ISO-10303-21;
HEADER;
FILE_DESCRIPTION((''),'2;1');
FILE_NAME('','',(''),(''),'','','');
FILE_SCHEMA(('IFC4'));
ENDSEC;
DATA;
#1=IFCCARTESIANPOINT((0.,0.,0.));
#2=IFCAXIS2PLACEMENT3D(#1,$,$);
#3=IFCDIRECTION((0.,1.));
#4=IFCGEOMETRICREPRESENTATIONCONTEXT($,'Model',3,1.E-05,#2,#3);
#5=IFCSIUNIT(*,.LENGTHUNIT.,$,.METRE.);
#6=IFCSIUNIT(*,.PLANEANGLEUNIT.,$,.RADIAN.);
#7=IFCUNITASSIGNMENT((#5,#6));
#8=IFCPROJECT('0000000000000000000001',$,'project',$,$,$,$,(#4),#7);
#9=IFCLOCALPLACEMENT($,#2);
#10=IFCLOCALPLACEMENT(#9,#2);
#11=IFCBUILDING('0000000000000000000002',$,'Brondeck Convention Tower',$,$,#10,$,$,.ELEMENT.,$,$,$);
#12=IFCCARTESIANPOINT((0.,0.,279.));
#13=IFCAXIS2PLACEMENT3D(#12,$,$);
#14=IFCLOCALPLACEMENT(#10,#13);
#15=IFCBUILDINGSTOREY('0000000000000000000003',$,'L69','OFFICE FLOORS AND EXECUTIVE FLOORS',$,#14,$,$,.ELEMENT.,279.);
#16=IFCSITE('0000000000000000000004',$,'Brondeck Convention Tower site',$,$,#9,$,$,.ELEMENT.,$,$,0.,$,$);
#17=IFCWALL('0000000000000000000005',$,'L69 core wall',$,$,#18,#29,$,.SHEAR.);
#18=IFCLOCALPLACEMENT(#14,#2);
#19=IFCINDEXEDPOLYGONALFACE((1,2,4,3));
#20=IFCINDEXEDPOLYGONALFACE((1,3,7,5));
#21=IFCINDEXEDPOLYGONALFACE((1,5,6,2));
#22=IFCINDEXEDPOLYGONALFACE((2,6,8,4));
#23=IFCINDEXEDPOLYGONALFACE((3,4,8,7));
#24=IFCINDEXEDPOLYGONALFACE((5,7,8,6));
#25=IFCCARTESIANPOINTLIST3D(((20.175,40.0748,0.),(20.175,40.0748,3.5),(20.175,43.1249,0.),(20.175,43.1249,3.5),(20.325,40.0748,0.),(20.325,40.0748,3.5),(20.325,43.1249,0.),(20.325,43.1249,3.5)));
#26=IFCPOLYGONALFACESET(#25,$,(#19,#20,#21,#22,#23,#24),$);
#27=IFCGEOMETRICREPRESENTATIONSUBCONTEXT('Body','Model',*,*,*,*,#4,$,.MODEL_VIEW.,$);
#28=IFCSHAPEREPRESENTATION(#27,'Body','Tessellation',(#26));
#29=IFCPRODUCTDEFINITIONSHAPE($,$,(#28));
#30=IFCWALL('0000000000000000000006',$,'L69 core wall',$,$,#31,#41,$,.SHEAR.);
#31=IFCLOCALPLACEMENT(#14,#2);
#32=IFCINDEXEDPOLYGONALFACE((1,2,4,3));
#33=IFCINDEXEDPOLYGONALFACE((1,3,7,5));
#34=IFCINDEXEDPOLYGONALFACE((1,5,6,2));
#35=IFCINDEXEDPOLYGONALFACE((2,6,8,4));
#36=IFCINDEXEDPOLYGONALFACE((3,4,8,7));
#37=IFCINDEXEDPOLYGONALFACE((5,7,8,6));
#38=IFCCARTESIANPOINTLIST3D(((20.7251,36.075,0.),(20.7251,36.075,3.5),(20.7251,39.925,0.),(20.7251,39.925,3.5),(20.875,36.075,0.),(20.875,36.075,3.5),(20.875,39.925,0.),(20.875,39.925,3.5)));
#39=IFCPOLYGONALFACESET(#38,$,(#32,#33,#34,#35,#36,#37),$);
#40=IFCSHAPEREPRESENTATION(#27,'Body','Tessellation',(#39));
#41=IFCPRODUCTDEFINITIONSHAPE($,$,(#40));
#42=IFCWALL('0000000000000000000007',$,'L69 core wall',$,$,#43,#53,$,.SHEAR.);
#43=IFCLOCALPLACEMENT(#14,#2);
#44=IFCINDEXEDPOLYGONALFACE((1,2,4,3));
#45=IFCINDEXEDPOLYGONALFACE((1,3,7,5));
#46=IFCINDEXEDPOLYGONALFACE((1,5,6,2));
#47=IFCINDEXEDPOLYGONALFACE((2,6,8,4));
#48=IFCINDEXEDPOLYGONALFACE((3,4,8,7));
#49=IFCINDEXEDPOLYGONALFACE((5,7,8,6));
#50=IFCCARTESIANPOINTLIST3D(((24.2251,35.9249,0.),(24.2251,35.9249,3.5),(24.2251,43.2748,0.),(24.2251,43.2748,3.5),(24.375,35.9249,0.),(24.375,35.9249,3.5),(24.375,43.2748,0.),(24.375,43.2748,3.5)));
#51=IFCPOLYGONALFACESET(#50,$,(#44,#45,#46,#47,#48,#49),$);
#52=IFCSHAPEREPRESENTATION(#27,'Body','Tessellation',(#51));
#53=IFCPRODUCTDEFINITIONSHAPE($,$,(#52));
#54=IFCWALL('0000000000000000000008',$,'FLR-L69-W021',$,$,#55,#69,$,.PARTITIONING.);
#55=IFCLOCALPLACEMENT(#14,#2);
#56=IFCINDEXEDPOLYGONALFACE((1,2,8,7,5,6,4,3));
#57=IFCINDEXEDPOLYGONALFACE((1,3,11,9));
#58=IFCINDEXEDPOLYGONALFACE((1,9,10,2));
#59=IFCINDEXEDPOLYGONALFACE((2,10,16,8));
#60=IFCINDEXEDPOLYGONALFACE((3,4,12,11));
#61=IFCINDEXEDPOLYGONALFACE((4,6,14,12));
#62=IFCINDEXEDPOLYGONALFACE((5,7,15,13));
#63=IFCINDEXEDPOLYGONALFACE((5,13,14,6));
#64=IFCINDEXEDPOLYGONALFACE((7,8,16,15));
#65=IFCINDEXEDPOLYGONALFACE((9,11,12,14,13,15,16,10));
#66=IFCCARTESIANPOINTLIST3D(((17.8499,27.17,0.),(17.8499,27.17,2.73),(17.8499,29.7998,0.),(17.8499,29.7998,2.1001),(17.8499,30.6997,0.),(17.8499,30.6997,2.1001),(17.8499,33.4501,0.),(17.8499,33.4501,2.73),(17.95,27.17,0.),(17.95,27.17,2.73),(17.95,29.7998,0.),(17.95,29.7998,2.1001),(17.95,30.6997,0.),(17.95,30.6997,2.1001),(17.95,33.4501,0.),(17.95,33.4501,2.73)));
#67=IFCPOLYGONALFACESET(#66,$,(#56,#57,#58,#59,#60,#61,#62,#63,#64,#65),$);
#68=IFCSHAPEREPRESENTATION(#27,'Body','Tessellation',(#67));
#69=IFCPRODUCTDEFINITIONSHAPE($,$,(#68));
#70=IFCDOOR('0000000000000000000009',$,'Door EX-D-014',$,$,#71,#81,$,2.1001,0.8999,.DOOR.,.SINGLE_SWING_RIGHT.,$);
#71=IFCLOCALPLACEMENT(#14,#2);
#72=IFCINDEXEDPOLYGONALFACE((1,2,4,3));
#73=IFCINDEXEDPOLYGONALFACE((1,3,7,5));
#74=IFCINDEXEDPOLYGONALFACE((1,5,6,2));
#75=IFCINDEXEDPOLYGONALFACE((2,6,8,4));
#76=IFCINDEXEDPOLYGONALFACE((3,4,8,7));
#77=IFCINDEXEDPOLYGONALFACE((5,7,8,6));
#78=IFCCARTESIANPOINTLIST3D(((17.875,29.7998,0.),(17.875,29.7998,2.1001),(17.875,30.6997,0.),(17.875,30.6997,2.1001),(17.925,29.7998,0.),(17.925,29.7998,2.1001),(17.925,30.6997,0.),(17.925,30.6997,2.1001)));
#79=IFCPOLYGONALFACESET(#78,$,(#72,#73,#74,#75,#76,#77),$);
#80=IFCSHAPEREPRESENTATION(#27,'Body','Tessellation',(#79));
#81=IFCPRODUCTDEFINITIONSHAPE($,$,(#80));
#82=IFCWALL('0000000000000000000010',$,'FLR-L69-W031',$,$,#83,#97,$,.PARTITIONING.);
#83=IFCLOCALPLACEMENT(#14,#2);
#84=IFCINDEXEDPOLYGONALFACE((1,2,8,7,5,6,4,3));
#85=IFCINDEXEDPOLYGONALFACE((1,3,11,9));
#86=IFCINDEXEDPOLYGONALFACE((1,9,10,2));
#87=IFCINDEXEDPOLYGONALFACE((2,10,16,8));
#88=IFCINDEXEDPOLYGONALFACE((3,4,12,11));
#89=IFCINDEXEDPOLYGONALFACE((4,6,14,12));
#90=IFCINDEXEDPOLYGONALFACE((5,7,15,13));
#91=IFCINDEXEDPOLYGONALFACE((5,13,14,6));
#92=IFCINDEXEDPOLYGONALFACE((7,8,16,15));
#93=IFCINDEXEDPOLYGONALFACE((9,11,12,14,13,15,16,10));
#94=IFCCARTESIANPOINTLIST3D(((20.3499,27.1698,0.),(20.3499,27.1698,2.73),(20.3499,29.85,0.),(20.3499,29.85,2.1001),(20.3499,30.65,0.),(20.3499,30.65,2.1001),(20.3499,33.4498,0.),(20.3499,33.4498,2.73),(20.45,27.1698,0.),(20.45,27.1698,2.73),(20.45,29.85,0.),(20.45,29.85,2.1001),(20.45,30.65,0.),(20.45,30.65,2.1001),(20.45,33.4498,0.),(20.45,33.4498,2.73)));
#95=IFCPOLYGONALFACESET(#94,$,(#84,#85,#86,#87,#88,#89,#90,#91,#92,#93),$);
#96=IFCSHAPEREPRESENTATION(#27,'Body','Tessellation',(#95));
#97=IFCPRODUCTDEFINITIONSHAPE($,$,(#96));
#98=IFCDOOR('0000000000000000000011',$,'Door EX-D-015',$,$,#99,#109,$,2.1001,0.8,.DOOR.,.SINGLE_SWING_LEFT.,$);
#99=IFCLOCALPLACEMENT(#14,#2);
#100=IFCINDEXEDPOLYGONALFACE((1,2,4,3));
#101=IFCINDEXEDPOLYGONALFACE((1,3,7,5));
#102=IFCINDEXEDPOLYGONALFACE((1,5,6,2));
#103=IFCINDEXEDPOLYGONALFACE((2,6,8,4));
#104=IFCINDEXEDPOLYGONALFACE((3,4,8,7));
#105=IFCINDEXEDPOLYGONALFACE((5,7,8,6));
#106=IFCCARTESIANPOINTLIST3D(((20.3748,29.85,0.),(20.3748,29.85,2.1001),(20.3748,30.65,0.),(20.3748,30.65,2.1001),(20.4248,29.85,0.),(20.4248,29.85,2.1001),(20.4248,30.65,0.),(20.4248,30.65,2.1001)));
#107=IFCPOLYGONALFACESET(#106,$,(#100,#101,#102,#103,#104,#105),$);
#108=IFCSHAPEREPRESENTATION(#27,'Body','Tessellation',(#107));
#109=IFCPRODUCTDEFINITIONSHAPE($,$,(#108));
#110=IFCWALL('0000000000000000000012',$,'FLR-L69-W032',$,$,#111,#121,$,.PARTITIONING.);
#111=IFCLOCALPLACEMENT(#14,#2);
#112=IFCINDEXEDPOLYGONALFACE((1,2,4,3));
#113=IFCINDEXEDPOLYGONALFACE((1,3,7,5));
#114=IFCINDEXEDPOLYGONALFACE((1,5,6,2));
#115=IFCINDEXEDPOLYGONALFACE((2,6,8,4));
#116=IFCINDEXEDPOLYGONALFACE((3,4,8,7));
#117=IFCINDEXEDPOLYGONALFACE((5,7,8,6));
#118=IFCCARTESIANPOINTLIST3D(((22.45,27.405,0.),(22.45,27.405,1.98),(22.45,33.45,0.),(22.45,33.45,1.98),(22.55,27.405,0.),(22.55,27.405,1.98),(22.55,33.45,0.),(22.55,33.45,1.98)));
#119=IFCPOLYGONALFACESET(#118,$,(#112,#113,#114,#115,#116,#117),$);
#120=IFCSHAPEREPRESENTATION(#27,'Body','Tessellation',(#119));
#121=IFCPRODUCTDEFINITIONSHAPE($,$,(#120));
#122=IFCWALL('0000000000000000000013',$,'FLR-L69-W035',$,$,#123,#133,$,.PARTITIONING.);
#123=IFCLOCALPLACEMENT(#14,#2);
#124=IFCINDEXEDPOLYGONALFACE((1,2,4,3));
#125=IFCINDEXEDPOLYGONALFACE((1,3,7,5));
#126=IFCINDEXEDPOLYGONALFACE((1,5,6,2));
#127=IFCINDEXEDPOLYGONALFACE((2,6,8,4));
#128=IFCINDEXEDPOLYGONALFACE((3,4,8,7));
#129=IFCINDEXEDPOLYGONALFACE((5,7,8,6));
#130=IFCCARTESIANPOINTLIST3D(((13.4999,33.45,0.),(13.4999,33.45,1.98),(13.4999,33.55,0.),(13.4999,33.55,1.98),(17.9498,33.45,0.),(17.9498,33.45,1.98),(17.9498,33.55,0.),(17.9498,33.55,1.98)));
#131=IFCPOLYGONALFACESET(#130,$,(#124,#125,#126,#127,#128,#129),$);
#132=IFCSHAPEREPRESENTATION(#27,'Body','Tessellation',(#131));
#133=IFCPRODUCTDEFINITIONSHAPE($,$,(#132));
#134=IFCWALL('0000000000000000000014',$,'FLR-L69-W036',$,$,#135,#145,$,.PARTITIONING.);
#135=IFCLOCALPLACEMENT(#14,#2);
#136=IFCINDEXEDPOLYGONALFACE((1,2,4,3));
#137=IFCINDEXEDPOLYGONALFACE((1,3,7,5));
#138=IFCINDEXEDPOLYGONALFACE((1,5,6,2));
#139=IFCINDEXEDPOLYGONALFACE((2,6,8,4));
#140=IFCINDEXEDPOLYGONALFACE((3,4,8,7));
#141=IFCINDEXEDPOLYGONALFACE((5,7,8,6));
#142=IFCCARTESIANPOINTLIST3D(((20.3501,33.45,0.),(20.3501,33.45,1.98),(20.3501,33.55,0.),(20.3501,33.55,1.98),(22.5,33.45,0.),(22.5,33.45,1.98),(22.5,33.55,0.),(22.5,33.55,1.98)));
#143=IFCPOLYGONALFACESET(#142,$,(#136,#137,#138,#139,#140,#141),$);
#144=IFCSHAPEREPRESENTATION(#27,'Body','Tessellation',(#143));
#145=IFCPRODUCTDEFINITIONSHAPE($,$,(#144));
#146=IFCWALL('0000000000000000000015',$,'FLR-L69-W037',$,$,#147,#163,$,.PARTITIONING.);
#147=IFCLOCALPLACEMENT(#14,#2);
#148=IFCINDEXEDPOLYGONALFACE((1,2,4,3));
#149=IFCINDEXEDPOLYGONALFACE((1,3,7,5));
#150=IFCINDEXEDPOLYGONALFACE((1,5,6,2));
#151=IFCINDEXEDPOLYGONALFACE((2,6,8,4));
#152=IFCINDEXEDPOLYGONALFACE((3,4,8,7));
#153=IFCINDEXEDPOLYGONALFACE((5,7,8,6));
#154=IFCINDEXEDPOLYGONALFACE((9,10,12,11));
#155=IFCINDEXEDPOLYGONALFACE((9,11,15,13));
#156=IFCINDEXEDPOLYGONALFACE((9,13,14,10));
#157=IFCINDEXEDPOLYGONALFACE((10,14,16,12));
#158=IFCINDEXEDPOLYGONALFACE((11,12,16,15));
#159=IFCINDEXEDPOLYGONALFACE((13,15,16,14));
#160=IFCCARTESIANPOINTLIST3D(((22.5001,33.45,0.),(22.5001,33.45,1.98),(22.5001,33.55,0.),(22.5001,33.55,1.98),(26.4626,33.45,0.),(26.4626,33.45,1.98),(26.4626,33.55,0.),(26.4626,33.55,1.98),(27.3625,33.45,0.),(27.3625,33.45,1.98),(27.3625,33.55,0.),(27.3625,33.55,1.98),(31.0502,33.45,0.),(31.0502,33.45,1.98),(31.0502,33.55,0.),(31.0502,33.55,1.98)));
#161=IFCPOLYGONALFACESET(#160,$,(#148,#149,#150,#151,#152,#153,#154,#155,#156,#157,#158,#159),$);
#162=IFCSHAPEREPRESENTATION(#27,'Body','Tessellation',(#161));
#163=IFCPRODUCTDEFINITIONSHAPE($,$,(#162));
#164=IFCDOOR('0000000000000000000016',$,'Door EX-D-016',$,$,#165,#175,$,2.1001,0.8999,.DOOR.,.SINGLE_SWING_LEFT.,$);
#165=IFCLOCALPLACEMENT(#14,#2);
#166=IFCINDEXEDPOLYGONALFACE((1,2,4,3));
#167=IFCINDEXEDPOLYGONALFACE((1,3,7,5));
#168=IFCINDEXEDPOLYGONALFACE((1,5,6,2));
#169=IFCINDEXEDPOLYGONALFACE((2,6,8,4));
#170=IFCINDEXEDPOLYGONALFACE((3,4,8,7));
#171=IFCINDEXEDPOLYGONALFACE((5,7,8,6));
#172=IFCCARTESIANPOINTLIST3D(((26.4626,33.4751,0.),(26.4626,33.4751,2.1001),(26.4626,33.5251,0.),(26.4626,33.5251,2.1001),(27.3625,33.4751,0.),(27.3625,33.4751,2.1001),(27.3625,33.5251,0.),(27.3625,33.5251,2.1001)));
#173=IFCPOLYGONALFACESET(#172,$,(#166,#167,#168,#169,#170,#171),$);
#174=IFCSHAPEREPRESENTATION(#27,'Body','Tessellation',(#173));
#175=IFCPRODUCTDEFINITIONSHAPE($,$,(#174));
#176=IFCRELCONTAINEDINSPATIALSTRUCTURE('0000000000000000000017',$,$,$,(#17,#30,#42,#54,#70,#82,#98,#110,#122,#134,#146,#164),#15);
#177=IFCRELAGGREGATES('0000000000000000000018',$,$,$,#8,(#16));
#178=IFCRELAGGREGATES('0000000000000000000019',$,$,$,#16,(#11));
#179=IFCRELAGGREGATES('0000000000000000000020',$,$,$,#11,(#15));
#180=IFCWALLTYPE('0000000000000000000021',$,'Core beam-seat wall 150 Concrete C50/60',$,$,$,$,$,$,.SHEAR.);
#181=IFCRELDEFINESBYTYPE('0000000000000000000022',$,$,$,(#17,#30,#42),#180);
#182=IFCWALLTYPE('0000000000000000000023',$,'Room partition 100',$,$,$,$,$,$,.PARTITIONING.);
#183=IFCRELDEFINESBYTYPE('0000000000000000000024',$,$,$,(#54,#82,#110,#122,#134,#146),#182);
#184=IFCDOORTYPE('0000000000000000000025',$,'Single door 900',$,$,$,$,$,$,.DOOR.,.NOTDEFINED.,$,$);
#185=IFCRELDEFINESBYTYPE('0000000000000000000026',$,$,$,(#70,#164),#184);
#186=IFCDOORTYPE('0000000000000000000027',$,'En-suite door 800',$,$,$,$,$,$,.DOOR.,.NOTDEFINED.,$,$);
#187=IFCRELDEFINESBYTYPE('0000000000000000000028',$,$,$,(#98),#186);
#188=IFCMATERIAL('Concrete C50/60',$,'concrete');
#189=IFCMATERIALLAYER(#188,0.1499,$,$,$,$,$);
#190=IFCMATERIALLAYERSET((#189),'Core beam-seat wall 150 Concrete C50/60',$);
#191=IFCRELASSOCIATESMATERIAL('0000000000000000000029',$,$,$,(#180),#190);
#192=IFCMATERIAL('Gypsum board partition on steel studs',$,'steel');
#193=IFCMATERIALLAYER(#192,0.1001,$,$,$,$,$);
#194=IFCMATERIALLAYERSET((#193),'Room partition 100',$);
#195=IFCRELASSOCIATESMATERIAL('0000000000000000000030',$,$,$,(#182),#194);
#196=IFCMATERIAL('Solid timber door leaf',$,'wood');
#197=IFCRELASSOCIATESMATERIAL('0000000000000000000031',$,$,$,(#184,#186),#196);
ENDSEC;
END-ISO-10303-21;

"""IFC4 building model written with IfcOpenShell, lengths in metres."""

from ifc_helpers import new_model, si_unit, direction, frame, frame_2d, origin, place, context, subcontext, project, spatial, rectangle, extrude, material, layer, layer_set, type_object, element, fill, save


model = new_model("IFC4")

# Units and contexts
model_context = context("Model", 3, precision=1e-05, world=origin(), true_north=direction((0.0, 1.0)))
body_context = subcontext(model_context, "Body", "Model", "MODEL_VIEW")
ifc_project = project(units=[si_unit("LENGTHUNIT", "METRE"), si_unit("PLANEANGLEUNIT", "RADIAN")], contexts=[model_context])

# Site, building, storey
site_placement = place(None, origin())
site = spatial("IfcSite", under=ifc_project, at=site_placement, Name="Brondeck Convention Tower site", CompositionType="ELEMENT", RefElevation=0.0)
building_placement = place(site_placement, origin())
building = spatial("IfcBuilding", under=site, at=building_placement, Name="Brondeck Convention Tower", CompositionType="ELEMENT")
storey_placement = place(building_placement, frame((0.0, 0.0, 279.0)))
storey = spatial("IfcBuildingStorey", under=building, at=storey_placement, Name="L69", Description="OFFICE FLOORS AND EXECUTIVE FLOORS", CompositionType="ELEMENT", Elevation=279.0)

# Shared definitions
ifc_material_1 = material(Name="Concrete C50/60", Category="concrete")

# Walls
ifc_layer_1 = layer(ifc_material_1, 0.1499)
ifc_layer_set_1 = layer_set([ifc_layer_1], Name="Core beam-seat wall 150 Concrete C50/60")
wall_type_1 = type_object("IfcWallType", Name="Core beam-seat wall 150 Concrete C50/60", PredefinedType="SHEAR", material=ifc_layer_set_1)
wall_1_placement = place(storey_placement, frame((20.25, 40.075, 0.0), z_axis=(0.0, 0.0, 1.0), x_axis=(0.0, 1.0, 0.0)))
element("IfcWall", 1, at=wall_1_placement, inside=storey, type_object=wall_type_1, Name="L69 core wall", PredefinedType="SHEAR", context=body_context, shape_type="SweptSolid", body=[
    extrude(rectangle(XDim=3.05, YDim=0.1499, at=frame_2d((1.5249, 0.0))), origin(), (0.0, 0.0, 1.0), 3.5),
])
wall_2_placement = place(storey_placement, frame((20.8, 36.075, 0.0), z_axis=(0.0, 0.0, 1.0), x_axis=(0.0, 1.0, 0.0)))
element("IfcWall", 2, at=wall_2_placement, inside=storey, type_object=wall_type_1, Name="L69 core wall", PredefinedType="SHEAR", context=body_context, shape_type="SweptSolid", body=[
    extrude(rectangle(XDim=3.8501, YDim=0.1499, at=frame_2d((1.925, 0.0))), origin(), (0.0, 0.0, 1.0), 3.5),
])
wall_3_placement = place(storey_placement, frame((24.3, 35.925, 0.0), z_axis=(0.0, 0.0, 1.0), x_axis=(0.0, 1.0, 0.0)))
element("IfcWall", 3, at=wall_3_placement, inside=storey, type_object=wall_type_1, Name="L69 core wall", PredefinedType="SHEAR", context=body_context, shape_type="SweptSolid", body=[
    extrude(rectangle(XDim=7.3499, YDim=0.1499, at=frame_2d((3.6748, 0.0))), origin(), (0.0, 0.0, 1.0), 3.5),
])

# Walls, openings, doors
ifc_material_2 = material(Name="Gypsum board partition on steel studs", Category="steel")
ifc_layer_2 = layer(ifc_material_2, 0.1001)
ifc_layer_set_2 = layer_set([ifc_layer_2], Name="Room partition 100")
wall_type_2 = type_object("IfcWallType", Name="Room partition 100", PredefinedType="PARTITIONING", material=ifc_layer_set_2)
wall_4_placement = place(storey_placement, frame((17.8999, 27.1699, 0.0), z_axis=(0.0, 0.0, 1.0), x_axis=(0.0, 1.0, 0.0)))
wall_4 = element("IfcWall", 4, at=wall_4_placement, inside=storey, type_object=wall_type_2, Name="FLR-L69-W021", PredefinedType="PARTITIONING", context=body_context, shape_type="SweptSolid", body=[
    extrude(rectangle(XDim=6.28, YDim=0.1001, at=frame_2d((3.1401, 0.0))), origin(), (0.0, 0.0, 1.0), 2.73),
])
opening_1_placement = place(wall_4_placement, frame((2.6299, 0.0, 0.0)))
opening_1 = element("IfcOpeningElement", 5, at=opening_1_placement, cuts=wall_4, PredefinedType="OPENING", context=body_context, shape_type="SweptSolid", body=[
    extrude(rectangle(XDim=0.8999, YDim=2.1001, at=frame_2d((0.45, 1.05))), frame((0.0, 0.0601, 0.0), z_axis=(0.0, -1.0, 0.0), x_axis=(1.0, 0.0, 0.0)), (0.0, 0.0, 1.0), 0.1201),
])
ifc_material_3 = material(Name="Solid timber door leaf", Category="wood")
door_type_1 = type_object("IfcDoorType", Name="Single door 900", OperationType="NOTDEFINED", PredefinedType="DOOR", material=ifc_material_3)
door_1_placement = place(opening_1_placement, origin())
door_1 = element("IfcDoor", 6, at=door_1_placement, inside=storey, type_object=door_type_1, Name="Door EX-D-014", OperationType="SINGLE_SWING_RIGHT", OverallHeight=2.1001, OverallWidth=0.8999, PredefinedType="DOOR", context=body_context, shape_type="SweptSolid", body=[
    extrude(rectangle(XDim=0.8999, YDim=2.1001, at=frame_2d((0.45, 1.05))), frame((0.0, 0.0249, 0.0), z_axis=(0.0, -1.0, 0.0), x_axis=(1.0, 0.0, 0.0)), (0.0, 0.0, 1.0), 0.05),
])
fill(opening_1, door_1)
wall_5_placement = place(storey_placement, frame((20.3999, 33.45, 0.0), z_axis=(0.0, 0.0, 1.0), x_axis=(0.0, -1.0, 0.0)))
wall_5 = element("IfcWall", 7, at=wall_5_placement, inside=storey, type_object=wall_type_2, Name="FLR-L69-W031", PredefinedType="PARTITIONING", context=body_context, shape_type="SweptSolid", body=[
    extrude(rectangle(XDim=6.28, YDim=0.1001, at=frame_2d((3.1401, 0.0))), origin(), (0.0, 0.0, 1.0), 2.73),
])
opening_2_placement = place(wall_5_placement, frame((2.8, 0.0, 0.0)))
opening_2 = element("IfcOpeningElement", 8, at=opening_2_placement, cuts=wall_5, PredefinedType="OPENING", context=body_context, shape_type="SweptSolid", body=[
    extrude(rectangle(XDim=0.8, YDim=2.1001, at=frame_2d((0.3999, 1.05))), frame((0.0, 0.0601, 0.0), z_axis=(0.0, -1.0, 0.0), x_axis=(1.0, 0.0, 0.0)), (0.0, 0.0, 1.0), 0.1201),
])
door_type_2 = type_object("IfcDoorType", Name="En-suite door 800", OperationType="NOTDEFINED", PredefinedType="DOOR", material=ifc_material_3)
door_2_placement = place(opening_2_placement, origin())
door_2 = element("IfcDoor", 9, at=door_2_placement, inside=storey, type_object=door_type_2, Name="Door EX-D-015", OperationType="SINGLE_SWING_LEFT", OverallHeight=2.1001, OverallWidth=0.8, PredefinedType="DOOR", context=body_context, shape_type="SweptSolid", body=[
    extrude(rectangle(XDim=0.8, YDim=2.1001, at=frame_2d((0.3999, 1.05))), frame((0.0, 0.0249, 0.0), z_axis=(0.0, -1.0, 0.0), x_axis=(1.0, 0.0, 0.0)), (0.0, 0.0, 1.0), 0.05),
])
fill(opening_2, door_2)

# Walls
wall_6_placement = place(storey_placement, frame((22.5, 33.45, 0.0), z_axis=(0.0, 0.0, 1.0), x_axis=(0.0, -1.0, 0.0)))
element("IfcWall", 10, at=wall_6_placement, inside=storey, type_object=wall_type_2, Name="FLR-L69-W032", PredefinedType="PARTITIONING", context=body_context, shape_type="SweptSolid", body=[
    extrude(rectangle(XDim=6.0449, YDim=0.1001, at=frame_2d((3.0225, 0.0))), origin(), (0.0, 0.0, 1.0), 1.98),
])
wall_7_placement = place(storey_placement, frame((17.95, 33.5, 0.0), z_axis=(0.0, 0.0, 1.0), x_axis=(-1.0, 0.0, 0.0)))
element("IfcWall", 11, at=wall_7_placement, inside=storey, type_object=wall_type_2, Name="FLR-L69-W035", PredefinedType="PARTITIONING", context=body_context, shape_type="SweptSolid", body=[
    extrude(rectangle(XDim=4.45, YDim=0.1001, at=frame_2d((2.2251, 0.0))), origin(), (0.0, 0.0, 1.0), 1.98),
])
wall_8_placement = place(storey_placement, frame((22.5, 33.5, 0.0), z_axis=(0.0, 0.0, 1.0), x_axis=(-1.0, 0.0, 0.0)))
element("IfcWall", 12, at=wall_8_placement, inside=storey, type_object=wall_type_2, Name="FLR-L69-W036", PredefinedType="PARTITIONING", context=body_context, shape_type="SweptSolid", body=[
    extrude(rectangle(XDim=2.1499, YDim=0.1001, at=frame_2d((1.075, 0.0))), origin(), (0.0, 0.0, 1.0), 1.98),
])

# Wall, opening, door
wall_9_placement = place(storey_placement, frame((31.05, 33.5, 0.0), z_axis=(0.0, 0.0, 1.0), x_axis=(-1.0, 0.0, 0.0)))
wall_9 = element("IfcWall", 13, at=wall_9_placement, inside=storey, type_object=wall_type_2, Name="FLR-L69-W037", PredefinedType="PARTITIONING", context=body_context, shape_type="SweptSolid", body=[
    extrude(rectangle(XDim=8.55, YDim=0.1001, at=frame_2d((4.2749, 0.0))), origin(), (0.0, 0.0, 1.0), 1.98),
])
opening_3_placement = place(wall_9_placement, frame((3.6875, 0.0, 0.0)))
opening_3 = element("IfcOpeningElement", 14, at=opening_3_placement, cuts=wall_9, PredefinedType="OPENING", context=body_context, shape_type="SweptSolid", body=[
    extrude(rectangle(XDim=0.8999, YDim=2.1001, at=frame_2d((0.45, 1.05))), frame((0.0, 0.0601, 0.0), z_axis=(0.0, -1.0, 0.0), x_axis=(1.0, 0.0, 0.0)), (0.0, 0.0, 1.0), 0.1201),
])
door_3_placement = place(opening_3_placement, origin())
door_3 = element("IfcDoor", 15, at=door_3_placement, inside=storey, type_object=door_type_1, Name="Door EX-D-016", OperationType="SINGLE_SWING_LEFT", OverallHeight=2.1001, OverallWidth=0.8999, PredefinedType="DOOR", context=body_context, shape_type="SweptSolid", body=[
    extrude(rectangle(XDim=0.8999, YDim=2.1001, at=frame_2d((0.45, 1.05))), frame((0.0, 0.0249, 0.0), z_axis=(0.0, -1.0, 0.0), x_axis=(1.0, 0.0, 0.0)), (0.0, 0.0, 1.0), 0.05),
])
fill(opening_3, door_3)

save(model, "model.ifc")
